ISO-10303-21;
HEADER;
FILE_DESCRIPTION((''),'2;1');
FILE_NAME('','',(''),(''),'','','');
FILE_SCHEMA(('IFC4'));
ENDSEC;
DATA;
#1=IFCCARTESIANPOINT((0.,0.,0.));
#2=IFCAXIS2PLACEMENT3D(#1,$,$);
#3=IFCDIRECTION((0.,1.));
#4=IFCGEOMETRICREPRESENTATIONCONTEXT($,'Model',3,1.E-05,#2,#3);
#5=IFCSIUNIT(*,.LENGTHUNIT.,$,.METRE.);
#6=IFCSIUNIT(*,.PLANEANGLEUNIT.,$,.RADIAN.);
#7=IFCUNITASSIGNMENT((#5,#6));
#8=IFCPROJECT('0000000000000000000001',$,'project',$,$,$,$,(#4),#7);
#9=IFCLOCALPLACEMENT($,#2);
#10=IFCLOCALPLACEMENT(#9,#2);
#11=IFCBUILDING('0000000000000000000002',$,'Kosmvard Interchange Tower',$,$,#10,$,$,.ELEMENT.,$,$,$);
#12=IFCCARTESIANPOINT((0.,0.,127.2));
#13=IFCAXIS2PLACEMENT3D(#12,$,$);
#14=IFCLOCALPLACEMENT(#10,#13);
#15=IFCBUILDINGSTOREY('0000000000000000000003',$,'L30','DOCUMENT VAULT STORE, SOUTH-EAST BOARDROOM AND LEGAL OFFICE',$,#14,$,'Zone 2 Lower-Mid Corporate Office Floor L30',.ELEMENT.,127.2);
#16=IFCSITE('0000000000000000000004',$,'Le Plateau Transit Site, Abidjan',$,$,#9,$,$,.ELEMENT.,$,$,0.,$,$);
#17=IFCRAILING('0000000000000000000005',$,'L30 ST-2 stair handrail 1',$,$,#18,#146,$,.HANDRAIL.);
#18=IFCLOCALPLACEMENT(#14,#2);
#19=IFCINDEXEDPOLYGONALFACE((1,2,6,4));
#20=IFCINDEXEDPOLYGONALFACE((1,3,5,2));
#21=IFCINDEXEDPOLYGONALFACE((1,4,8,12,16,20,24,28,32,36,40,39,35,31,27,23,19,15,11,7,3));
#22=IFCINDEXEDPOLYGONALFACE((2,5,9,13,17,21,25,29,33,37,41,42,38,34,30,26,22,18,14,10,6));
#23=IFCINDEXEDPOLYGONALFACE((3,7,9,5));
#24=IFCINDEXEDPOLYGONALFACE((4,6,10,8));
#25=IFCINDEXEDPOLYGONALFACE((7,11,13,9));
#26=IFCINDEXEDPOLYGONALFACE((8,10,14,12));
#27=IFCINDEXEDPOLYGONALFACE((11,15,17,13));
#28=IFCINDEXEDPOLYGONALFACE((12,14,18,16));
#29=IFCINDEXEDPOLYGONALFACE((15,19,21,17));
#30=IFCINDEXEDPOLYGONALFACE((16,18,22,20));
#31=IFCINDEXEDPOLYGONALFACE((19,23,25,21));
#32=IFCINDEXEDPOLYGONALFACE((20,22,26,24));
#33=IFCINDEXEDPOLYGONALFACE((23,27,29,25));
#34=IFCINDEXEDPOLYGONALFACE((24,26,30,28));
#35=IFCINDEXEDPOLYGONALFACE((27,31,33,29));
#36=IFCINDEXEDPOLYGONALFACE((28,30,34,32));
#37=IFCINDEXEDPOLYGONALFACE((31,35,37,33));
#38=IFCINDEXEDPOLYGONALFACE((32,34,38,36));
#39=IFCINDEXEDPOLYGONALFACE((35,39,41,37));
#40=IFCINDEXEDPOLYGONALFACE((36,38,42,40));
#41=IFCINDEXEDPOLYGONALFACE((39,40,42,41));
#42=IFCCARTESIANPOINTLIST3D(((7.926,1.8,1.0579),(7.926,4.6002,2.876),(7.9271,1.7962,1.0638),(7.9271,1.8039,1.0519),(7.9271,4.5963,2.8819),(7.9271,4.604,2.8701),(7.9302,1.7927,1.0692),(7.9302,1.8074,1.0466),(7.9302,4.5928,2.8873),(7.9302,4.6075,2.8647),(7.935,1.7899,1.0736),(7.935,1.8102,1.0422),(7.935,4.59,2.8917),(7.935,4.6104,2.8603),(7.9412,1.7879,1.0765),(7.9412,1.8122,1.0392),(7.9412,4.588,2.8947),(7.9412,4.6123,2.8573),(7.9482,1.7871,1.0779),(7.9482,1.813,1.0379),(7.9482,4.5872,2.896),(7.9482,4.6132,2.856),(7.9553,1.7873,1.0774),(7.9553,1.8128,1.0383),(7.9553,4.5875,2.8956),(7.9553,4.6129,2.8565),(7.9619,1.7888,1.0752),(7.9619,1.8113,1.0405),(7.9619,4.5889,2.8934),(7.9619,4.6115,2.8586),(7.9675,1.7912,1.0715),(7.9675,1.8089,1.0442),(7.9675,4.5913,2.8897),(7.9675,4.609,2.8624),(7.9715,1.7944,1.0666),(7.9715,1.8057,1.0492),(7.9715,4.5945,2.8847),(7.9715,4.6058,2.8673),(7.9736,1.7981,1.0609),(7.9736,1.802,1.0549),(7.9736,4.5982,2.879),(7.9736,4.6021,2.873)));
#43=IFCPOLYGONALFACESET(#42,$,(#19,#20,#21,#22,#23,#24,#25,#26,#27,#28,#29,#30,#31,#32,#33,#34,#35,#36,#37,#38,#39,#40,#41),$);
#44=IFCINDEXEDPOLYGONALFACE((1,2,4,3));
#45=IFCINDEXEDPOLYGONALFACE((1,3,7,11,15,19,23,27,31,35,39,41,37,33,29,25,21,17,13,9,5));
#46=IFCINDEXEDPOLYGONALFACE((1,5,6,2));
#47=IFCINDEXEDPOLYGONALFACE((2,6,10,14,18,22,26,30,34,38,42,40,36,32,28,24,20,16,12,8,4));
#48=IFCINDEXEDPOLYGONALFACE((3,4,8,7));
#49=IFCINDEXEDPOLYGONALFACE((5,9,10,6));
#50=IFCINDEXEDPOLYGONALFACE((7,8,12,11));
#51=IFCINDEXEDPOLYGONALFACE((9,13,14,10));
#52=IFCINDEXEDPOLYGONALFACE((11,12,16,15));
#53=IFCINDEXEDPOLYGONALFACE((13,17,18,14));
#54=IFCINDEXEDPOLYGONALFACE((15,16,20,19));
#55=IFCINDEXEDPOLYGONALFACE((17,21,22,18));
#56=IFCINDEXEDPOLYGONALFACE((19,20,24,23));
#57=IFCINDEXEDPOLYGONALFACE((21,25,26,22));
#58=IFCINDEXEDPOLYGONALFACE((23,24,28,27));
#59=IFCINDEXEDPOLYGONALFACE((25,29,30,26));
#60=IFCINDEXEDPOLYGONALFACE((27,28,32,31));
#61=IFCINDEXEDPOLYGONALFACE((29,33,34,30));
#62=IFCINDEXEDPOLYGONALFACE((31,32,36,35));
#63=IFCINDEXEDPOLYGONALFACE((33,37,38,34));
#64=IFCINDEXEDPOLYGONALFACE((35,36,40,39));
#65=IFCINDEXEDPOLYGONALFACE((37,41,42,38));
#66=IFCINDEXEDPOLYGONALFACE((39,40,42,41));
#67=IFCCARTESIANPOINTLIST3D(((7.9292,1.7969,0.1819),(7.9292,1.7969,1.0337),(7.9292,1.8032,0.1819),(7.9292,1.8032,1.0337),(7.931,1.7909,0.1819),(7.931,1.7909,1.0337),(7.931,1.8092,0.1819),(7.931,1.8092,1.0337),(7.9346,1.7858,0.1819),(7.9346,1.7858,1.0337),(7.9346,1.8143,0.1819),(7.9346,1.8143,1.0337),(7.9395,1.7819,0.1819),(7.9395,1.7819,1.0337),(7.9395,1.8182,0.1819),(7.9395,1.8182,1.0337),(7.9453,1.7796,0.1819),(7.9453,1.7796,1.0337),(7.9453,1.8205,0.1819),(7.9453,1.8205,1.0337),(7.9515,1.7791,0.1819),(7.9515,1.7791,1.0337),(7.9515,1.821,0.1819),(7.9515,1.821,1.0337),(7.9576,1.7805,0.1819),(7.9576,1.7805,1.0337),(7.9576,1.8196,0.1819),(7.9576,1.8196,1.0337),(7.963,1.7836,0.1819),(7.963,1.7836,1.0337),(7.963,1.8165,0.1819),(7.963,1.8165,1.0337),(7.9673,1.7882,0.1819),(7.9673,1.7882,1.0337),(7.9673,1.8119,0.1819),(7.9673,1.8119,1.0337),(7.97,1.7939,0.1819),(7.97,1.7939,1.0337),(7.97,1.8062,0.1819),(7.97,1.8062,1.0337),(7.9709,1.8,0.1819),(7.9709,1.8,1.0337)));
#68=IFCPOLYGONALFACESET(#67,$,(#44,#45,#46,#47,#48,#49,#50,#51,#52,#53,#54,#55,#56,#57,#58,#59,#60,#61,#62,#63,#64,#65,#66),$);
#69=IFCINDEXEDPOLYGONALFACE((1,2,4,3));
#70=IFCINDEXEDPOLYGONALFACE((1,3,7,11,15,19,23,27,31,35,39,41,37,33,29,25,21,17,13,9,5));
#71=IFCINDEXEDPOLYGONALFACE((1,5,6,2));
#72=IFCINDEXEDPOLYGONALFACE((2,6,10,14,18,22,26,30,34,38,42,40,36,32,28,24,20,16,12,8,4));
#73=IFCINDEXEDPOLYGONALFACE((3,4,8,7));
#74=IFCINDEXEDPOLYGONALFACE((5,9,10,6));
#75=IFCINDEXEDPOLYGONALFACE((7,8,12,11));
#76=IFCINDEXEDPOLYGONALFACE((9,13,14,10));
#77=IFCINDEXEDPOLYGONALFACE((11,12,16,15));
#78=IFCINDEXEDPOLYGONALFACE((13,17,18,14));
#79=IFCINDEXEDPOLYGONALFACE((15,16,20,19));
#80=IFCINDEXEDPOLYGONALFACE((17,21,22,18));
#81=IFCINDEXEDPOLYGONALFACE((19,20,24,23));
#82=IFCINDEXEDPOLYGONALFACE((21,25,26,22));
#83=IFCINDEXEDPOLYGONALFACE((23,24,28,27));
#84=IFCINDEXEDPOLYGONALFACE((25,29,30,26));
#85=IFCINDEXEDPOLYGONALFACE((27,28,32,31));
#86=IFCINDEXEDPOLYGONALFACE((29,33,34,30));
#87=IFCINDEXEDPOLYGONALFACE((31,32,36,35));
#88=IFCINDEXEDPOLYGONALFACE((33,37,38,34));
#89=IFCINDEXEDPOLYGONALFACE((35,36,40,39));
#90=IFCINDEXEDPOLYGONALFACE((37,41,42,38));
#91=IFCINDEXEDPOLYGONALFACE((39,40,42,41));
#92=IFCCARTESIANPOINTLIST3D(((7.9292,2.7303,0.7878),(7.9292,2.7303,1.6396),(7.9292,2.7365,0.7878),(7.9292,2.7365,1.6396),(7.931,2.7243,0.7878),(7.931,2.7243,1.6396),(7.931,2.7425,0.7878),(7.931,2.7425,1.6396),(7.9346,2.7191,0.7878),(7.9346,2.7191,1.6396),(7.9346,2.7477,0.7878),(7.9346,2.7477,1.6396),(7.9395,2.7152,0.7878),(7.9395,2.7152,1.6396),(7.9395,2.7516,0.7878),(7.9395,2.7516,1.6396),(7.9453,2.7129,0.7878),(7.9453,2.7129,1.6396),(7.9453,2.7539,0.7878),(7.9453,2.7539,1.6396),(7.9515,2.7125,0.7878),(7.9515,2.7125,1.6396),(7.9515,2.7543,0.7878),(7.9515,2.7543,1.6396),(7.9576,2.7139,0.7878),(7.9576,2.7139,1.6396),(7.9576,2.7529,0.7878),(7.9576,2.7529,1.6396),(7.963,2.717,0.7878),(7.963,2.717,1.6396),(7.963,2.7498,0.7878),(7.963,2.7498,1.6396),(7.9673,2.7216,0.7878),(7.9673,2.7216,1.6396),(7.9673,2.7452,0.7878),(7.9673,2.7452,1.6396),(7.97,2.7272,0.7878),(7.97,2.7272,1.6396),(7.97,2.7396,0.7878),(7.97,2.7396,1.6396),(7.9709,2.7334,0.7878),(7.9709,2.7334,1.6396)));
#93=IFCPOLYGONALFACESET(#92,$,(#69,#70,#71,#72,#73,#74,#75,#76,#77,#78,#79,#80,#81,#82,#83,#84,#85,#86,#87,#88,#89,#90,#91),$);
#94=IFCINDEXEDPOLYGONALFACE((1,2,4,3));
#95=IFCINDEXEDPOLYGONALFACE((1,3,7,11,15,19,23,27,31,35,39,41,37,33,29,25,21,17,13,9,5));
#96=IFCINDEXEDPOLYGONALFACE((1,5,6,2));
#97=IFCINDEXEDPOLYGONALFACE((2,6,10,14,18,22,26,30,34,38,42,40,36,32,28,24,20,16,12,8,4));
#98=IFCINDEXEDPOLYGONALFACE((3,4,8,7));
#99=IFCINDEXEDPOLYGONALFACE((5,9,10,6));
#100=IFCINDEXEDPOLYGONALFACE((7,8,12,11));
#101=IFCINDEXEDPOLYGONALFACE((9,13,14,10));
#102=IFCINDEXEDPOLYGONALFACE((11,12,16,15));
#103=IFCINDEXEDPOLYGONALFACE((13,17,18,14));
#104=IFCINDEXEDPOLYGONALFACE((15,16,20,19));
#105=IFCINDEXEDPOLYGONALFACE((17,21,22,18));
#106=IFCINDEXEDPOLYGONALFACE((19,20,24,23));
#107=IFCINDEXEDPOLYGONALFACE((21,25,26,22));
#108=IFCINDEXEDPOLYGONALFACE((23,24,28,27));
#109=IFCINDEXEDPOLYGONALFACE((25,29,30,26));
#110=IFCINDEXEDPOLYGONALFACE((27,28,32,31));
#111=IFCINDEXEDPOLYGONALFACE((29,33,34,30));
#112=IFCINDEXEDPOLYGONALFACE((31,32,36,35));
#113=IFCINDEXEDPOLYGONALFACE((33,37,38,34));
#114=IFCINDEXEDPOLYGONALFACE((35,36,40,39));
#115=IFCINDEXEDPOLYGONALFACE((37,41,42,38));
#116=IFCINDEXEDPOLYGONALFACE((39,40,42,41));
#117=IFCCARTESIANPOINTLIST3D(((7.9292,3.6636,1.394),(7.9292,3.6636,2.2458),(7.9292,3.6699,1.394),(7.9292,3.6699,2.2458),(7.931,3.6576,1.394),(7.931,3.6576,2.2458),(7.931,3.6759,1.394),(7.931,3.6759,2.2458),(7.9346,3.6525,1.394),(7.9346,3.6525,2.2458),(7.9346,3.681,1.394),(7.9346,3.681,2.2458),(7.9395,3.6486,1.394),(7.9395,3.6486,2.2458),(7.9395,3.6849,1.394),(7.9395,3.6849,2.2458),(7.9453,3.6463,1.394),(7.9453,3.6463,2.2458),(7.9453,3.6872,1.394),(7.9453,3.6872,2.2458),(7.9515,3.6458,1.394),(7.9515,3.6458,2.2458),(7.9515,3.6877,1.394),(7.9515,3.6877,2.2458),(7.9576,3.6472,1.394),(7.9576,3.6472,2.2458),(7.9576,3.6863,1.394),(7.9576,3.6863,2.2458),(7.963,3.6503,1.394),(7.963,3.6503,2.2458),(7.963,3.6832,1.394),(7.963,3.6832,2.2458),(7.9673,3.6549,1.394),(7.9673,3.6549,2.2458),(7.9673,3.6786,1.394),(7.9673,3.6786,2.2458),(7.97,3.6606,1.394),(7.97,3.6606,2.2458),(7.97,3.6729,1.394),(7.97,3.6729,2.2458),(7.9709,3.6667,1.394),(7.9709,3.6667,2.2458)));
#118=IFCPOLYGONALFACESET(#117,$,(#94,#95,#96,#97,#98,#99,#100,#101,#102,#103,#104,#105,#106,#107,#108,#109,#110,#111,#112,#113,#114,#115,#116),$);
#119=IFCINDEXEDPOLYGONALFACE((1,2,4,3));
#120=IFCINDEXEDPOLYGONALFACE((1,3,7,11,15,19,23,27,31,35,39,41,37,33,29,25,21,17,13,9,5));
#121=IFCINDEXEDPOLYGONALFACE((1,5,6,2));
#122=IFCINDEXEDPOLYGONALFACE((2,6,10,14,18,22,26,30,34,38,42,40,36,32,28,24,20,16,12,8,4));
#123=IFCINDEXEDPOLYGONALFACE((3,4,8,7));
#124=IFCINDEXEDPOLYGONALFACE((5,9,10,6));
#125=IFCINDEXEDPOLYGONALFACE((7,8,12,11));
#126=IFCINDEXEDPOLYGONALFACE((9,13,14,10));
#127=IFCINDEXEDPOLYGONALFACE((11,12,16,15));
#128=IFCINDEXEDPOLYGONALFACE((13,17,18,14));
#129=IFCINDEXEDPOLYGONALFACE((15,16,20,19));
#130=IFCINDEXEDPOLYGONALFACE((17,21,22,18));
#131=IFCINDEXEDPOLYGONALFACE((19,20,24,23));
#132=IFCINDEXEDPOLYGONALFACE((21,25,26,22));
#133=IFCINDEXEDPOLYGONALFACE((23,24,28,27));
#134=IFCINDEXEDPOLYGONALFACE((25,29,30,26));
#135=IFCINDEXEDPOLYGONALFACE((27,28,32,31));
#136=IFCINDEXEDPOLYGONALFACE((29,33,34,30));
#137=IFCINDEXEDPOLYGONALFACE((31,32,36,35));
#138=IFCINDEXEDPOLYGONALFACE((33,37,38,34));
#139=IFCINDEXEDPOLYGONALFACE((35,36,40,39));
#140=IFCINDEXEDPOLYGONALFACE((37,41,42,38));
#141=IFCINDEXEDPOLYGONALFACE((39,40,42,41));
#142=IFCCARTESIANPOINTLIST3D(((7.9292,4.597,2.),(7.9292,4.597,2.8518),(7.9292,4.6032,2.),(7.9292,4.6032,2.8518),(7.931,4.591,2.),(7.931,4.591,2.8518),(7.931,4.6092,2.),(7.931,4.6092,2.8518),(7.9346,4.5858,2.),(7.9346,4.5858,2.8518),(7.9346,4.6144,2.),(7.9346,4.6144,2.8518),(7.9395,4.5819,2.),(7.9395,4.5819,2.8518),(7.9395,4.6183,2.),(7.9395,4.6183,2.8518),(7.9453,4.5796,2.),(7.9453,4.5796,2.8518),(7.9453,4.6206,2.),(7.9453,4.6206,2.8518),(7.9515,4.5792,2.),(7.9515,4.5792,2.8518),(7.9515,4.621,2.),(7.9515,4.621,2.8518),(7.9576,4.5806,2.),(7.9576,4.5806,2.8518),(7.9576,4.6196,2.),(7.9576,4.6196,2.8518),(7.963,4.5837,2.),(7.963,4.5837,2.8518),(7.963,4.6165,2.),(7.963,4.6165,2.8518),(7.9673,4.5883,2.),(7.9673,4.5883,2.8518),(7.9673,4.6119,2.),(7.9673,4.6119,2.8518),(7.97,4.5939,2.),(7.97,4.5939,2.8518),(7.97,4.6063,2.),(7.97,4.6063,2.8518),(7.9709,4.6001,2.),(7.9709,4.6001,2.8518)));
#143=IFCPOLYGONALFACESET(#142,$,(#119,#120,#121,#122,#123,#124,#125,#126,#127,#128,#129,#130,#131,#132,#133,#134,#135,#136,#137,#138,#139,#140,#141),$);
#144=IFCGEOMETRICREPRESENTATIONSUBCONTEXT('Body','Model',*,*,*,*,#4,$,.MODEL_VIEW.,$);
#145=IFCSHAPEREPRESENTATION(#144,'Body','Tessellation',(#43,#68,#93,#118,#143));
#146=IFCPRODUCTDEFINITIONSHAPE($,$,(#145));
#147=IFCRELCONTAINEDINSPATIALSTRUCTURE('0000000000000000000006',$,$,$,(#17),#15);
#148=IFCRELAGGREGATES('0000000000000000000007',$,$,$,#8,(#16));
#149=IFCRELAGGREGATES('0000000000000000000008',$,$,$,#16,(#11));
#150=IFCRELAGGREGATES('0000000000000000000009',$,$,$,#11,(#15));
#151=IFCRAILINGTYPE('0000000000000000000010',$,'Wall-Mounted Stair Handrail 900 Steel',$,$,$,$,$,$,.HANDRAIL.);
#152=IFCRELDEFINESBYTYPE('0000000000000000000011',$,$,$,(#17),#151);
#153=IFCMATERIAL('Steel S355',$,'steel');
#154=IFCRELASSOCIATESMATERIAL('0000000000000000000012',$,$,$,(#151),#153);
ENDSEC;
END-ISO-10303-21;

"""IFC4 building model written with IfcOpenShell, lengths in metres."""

from ifc_helpers import new_model, si_unit, direction, frame, origin, origin_2d, place, context, subcontext, project, spatial, circle, extrude, source, transform, mapped, material, type_object, element, save


model = new_model("IFC4")

# Units and contexts
model_context = context("Model", 3, precision=1e-05, world=origin(), true_north=direction((0.0, 1.0)))
body_context = subcontext(model_context, "Body", "Model", "MODEL_VIEW")
ifc_project = project(units=[si_unit("LENGTHUNIT", "METRE"), si_unit("PLANEANGLEUNIT", "RADIAN")], contexts=[model_context])

# Site, building, storey
site_placement = place(None, origin())
site = spatial("IfcSite", under=ifc_project, at=site_placement, Name="Le Plateau Transit Site, Abidjan", CompositionType="ELEMENT", RefElevation=0.0)
building_placement = place(site_placement, origin())
building = spatial("IfcBuilding", under=site, at=building_placement, Name="Kosmvard Interchange Tower", CompositionType="ELEMENT")
storey_placement = place(building_placement, frame((0.0, 0.0, 127.2)))
storey = spatial("IfcBuildingStorey", under=building, at=storey_placement, Name="L30", Description="DOCUMENT VAULT STORE, SOUTH-EAST BOARDROOM AND LEGAL OFFICE", LongName="Zone 2 Lower-Mid Corporate Office Floor L30", CompositionType="ELEMENT", Elevation=127.2)

# Shared definitions
ifc_material_1 = material(Name="Steel S355", Category="steel")

# Railing
railing_type_1 = type_object("IfcRailingType", Name="Wall-Mounted Stair Handrail 900 Steel", PredefinedType="HANDRAIL", material=ifc_material_1)
shared_shape_1 = source(origin(), body_context, "Body", "SweptSolid", [
    extrude(circle(Radius=0.0239, at=origin_2d()), frame((0.0, 0.0, 0.876), z_axis=(0.0, 0.838706, 0.544585), x_axis=(-1.0, 0.0, 0.0)), (0.0, 0.0, 1.0), 3.3386),
    extrude(circle(Radius=0.021, at=origin_2d()), origin(), (0.0, 0.0, 1.0), 0.8518),
    extrude(circle(Radius=0.021, at=origin_2d()), frame((0.0, 0.9333, 0.606)), (0.0, 0.0, 1.0), 0.8518),
    extrude(circle(Radius=0.021, at=origin_2d()), frame((0.0, 1.8667, 1.2122)), (0.0, 0.0, 1.0), 0.8518),
    extrude(circle(Radius=0.021, at=origin_2d()), frame((0.0, 2.8, 1.8181)), (0.0, 0.0, 1.0), 0.8518),
])
railing_1_placement = place(storey_placement, frame((7.95, 1.8, 0.1819)))
element("IfcRailing", 1, at=railing_1_placement, inside=storey, type_object=railing_type_1, Name="L30 ST-2 stair handrail 1", PredefinedType="HANDRAIL", context=body_context, shape_type="MappedRepresentation", body=[
    mapped(shared_shape_1, transform((0.0, 0.0, 0.0), scale=1.0)),
])

save(model, "model.ifc")
